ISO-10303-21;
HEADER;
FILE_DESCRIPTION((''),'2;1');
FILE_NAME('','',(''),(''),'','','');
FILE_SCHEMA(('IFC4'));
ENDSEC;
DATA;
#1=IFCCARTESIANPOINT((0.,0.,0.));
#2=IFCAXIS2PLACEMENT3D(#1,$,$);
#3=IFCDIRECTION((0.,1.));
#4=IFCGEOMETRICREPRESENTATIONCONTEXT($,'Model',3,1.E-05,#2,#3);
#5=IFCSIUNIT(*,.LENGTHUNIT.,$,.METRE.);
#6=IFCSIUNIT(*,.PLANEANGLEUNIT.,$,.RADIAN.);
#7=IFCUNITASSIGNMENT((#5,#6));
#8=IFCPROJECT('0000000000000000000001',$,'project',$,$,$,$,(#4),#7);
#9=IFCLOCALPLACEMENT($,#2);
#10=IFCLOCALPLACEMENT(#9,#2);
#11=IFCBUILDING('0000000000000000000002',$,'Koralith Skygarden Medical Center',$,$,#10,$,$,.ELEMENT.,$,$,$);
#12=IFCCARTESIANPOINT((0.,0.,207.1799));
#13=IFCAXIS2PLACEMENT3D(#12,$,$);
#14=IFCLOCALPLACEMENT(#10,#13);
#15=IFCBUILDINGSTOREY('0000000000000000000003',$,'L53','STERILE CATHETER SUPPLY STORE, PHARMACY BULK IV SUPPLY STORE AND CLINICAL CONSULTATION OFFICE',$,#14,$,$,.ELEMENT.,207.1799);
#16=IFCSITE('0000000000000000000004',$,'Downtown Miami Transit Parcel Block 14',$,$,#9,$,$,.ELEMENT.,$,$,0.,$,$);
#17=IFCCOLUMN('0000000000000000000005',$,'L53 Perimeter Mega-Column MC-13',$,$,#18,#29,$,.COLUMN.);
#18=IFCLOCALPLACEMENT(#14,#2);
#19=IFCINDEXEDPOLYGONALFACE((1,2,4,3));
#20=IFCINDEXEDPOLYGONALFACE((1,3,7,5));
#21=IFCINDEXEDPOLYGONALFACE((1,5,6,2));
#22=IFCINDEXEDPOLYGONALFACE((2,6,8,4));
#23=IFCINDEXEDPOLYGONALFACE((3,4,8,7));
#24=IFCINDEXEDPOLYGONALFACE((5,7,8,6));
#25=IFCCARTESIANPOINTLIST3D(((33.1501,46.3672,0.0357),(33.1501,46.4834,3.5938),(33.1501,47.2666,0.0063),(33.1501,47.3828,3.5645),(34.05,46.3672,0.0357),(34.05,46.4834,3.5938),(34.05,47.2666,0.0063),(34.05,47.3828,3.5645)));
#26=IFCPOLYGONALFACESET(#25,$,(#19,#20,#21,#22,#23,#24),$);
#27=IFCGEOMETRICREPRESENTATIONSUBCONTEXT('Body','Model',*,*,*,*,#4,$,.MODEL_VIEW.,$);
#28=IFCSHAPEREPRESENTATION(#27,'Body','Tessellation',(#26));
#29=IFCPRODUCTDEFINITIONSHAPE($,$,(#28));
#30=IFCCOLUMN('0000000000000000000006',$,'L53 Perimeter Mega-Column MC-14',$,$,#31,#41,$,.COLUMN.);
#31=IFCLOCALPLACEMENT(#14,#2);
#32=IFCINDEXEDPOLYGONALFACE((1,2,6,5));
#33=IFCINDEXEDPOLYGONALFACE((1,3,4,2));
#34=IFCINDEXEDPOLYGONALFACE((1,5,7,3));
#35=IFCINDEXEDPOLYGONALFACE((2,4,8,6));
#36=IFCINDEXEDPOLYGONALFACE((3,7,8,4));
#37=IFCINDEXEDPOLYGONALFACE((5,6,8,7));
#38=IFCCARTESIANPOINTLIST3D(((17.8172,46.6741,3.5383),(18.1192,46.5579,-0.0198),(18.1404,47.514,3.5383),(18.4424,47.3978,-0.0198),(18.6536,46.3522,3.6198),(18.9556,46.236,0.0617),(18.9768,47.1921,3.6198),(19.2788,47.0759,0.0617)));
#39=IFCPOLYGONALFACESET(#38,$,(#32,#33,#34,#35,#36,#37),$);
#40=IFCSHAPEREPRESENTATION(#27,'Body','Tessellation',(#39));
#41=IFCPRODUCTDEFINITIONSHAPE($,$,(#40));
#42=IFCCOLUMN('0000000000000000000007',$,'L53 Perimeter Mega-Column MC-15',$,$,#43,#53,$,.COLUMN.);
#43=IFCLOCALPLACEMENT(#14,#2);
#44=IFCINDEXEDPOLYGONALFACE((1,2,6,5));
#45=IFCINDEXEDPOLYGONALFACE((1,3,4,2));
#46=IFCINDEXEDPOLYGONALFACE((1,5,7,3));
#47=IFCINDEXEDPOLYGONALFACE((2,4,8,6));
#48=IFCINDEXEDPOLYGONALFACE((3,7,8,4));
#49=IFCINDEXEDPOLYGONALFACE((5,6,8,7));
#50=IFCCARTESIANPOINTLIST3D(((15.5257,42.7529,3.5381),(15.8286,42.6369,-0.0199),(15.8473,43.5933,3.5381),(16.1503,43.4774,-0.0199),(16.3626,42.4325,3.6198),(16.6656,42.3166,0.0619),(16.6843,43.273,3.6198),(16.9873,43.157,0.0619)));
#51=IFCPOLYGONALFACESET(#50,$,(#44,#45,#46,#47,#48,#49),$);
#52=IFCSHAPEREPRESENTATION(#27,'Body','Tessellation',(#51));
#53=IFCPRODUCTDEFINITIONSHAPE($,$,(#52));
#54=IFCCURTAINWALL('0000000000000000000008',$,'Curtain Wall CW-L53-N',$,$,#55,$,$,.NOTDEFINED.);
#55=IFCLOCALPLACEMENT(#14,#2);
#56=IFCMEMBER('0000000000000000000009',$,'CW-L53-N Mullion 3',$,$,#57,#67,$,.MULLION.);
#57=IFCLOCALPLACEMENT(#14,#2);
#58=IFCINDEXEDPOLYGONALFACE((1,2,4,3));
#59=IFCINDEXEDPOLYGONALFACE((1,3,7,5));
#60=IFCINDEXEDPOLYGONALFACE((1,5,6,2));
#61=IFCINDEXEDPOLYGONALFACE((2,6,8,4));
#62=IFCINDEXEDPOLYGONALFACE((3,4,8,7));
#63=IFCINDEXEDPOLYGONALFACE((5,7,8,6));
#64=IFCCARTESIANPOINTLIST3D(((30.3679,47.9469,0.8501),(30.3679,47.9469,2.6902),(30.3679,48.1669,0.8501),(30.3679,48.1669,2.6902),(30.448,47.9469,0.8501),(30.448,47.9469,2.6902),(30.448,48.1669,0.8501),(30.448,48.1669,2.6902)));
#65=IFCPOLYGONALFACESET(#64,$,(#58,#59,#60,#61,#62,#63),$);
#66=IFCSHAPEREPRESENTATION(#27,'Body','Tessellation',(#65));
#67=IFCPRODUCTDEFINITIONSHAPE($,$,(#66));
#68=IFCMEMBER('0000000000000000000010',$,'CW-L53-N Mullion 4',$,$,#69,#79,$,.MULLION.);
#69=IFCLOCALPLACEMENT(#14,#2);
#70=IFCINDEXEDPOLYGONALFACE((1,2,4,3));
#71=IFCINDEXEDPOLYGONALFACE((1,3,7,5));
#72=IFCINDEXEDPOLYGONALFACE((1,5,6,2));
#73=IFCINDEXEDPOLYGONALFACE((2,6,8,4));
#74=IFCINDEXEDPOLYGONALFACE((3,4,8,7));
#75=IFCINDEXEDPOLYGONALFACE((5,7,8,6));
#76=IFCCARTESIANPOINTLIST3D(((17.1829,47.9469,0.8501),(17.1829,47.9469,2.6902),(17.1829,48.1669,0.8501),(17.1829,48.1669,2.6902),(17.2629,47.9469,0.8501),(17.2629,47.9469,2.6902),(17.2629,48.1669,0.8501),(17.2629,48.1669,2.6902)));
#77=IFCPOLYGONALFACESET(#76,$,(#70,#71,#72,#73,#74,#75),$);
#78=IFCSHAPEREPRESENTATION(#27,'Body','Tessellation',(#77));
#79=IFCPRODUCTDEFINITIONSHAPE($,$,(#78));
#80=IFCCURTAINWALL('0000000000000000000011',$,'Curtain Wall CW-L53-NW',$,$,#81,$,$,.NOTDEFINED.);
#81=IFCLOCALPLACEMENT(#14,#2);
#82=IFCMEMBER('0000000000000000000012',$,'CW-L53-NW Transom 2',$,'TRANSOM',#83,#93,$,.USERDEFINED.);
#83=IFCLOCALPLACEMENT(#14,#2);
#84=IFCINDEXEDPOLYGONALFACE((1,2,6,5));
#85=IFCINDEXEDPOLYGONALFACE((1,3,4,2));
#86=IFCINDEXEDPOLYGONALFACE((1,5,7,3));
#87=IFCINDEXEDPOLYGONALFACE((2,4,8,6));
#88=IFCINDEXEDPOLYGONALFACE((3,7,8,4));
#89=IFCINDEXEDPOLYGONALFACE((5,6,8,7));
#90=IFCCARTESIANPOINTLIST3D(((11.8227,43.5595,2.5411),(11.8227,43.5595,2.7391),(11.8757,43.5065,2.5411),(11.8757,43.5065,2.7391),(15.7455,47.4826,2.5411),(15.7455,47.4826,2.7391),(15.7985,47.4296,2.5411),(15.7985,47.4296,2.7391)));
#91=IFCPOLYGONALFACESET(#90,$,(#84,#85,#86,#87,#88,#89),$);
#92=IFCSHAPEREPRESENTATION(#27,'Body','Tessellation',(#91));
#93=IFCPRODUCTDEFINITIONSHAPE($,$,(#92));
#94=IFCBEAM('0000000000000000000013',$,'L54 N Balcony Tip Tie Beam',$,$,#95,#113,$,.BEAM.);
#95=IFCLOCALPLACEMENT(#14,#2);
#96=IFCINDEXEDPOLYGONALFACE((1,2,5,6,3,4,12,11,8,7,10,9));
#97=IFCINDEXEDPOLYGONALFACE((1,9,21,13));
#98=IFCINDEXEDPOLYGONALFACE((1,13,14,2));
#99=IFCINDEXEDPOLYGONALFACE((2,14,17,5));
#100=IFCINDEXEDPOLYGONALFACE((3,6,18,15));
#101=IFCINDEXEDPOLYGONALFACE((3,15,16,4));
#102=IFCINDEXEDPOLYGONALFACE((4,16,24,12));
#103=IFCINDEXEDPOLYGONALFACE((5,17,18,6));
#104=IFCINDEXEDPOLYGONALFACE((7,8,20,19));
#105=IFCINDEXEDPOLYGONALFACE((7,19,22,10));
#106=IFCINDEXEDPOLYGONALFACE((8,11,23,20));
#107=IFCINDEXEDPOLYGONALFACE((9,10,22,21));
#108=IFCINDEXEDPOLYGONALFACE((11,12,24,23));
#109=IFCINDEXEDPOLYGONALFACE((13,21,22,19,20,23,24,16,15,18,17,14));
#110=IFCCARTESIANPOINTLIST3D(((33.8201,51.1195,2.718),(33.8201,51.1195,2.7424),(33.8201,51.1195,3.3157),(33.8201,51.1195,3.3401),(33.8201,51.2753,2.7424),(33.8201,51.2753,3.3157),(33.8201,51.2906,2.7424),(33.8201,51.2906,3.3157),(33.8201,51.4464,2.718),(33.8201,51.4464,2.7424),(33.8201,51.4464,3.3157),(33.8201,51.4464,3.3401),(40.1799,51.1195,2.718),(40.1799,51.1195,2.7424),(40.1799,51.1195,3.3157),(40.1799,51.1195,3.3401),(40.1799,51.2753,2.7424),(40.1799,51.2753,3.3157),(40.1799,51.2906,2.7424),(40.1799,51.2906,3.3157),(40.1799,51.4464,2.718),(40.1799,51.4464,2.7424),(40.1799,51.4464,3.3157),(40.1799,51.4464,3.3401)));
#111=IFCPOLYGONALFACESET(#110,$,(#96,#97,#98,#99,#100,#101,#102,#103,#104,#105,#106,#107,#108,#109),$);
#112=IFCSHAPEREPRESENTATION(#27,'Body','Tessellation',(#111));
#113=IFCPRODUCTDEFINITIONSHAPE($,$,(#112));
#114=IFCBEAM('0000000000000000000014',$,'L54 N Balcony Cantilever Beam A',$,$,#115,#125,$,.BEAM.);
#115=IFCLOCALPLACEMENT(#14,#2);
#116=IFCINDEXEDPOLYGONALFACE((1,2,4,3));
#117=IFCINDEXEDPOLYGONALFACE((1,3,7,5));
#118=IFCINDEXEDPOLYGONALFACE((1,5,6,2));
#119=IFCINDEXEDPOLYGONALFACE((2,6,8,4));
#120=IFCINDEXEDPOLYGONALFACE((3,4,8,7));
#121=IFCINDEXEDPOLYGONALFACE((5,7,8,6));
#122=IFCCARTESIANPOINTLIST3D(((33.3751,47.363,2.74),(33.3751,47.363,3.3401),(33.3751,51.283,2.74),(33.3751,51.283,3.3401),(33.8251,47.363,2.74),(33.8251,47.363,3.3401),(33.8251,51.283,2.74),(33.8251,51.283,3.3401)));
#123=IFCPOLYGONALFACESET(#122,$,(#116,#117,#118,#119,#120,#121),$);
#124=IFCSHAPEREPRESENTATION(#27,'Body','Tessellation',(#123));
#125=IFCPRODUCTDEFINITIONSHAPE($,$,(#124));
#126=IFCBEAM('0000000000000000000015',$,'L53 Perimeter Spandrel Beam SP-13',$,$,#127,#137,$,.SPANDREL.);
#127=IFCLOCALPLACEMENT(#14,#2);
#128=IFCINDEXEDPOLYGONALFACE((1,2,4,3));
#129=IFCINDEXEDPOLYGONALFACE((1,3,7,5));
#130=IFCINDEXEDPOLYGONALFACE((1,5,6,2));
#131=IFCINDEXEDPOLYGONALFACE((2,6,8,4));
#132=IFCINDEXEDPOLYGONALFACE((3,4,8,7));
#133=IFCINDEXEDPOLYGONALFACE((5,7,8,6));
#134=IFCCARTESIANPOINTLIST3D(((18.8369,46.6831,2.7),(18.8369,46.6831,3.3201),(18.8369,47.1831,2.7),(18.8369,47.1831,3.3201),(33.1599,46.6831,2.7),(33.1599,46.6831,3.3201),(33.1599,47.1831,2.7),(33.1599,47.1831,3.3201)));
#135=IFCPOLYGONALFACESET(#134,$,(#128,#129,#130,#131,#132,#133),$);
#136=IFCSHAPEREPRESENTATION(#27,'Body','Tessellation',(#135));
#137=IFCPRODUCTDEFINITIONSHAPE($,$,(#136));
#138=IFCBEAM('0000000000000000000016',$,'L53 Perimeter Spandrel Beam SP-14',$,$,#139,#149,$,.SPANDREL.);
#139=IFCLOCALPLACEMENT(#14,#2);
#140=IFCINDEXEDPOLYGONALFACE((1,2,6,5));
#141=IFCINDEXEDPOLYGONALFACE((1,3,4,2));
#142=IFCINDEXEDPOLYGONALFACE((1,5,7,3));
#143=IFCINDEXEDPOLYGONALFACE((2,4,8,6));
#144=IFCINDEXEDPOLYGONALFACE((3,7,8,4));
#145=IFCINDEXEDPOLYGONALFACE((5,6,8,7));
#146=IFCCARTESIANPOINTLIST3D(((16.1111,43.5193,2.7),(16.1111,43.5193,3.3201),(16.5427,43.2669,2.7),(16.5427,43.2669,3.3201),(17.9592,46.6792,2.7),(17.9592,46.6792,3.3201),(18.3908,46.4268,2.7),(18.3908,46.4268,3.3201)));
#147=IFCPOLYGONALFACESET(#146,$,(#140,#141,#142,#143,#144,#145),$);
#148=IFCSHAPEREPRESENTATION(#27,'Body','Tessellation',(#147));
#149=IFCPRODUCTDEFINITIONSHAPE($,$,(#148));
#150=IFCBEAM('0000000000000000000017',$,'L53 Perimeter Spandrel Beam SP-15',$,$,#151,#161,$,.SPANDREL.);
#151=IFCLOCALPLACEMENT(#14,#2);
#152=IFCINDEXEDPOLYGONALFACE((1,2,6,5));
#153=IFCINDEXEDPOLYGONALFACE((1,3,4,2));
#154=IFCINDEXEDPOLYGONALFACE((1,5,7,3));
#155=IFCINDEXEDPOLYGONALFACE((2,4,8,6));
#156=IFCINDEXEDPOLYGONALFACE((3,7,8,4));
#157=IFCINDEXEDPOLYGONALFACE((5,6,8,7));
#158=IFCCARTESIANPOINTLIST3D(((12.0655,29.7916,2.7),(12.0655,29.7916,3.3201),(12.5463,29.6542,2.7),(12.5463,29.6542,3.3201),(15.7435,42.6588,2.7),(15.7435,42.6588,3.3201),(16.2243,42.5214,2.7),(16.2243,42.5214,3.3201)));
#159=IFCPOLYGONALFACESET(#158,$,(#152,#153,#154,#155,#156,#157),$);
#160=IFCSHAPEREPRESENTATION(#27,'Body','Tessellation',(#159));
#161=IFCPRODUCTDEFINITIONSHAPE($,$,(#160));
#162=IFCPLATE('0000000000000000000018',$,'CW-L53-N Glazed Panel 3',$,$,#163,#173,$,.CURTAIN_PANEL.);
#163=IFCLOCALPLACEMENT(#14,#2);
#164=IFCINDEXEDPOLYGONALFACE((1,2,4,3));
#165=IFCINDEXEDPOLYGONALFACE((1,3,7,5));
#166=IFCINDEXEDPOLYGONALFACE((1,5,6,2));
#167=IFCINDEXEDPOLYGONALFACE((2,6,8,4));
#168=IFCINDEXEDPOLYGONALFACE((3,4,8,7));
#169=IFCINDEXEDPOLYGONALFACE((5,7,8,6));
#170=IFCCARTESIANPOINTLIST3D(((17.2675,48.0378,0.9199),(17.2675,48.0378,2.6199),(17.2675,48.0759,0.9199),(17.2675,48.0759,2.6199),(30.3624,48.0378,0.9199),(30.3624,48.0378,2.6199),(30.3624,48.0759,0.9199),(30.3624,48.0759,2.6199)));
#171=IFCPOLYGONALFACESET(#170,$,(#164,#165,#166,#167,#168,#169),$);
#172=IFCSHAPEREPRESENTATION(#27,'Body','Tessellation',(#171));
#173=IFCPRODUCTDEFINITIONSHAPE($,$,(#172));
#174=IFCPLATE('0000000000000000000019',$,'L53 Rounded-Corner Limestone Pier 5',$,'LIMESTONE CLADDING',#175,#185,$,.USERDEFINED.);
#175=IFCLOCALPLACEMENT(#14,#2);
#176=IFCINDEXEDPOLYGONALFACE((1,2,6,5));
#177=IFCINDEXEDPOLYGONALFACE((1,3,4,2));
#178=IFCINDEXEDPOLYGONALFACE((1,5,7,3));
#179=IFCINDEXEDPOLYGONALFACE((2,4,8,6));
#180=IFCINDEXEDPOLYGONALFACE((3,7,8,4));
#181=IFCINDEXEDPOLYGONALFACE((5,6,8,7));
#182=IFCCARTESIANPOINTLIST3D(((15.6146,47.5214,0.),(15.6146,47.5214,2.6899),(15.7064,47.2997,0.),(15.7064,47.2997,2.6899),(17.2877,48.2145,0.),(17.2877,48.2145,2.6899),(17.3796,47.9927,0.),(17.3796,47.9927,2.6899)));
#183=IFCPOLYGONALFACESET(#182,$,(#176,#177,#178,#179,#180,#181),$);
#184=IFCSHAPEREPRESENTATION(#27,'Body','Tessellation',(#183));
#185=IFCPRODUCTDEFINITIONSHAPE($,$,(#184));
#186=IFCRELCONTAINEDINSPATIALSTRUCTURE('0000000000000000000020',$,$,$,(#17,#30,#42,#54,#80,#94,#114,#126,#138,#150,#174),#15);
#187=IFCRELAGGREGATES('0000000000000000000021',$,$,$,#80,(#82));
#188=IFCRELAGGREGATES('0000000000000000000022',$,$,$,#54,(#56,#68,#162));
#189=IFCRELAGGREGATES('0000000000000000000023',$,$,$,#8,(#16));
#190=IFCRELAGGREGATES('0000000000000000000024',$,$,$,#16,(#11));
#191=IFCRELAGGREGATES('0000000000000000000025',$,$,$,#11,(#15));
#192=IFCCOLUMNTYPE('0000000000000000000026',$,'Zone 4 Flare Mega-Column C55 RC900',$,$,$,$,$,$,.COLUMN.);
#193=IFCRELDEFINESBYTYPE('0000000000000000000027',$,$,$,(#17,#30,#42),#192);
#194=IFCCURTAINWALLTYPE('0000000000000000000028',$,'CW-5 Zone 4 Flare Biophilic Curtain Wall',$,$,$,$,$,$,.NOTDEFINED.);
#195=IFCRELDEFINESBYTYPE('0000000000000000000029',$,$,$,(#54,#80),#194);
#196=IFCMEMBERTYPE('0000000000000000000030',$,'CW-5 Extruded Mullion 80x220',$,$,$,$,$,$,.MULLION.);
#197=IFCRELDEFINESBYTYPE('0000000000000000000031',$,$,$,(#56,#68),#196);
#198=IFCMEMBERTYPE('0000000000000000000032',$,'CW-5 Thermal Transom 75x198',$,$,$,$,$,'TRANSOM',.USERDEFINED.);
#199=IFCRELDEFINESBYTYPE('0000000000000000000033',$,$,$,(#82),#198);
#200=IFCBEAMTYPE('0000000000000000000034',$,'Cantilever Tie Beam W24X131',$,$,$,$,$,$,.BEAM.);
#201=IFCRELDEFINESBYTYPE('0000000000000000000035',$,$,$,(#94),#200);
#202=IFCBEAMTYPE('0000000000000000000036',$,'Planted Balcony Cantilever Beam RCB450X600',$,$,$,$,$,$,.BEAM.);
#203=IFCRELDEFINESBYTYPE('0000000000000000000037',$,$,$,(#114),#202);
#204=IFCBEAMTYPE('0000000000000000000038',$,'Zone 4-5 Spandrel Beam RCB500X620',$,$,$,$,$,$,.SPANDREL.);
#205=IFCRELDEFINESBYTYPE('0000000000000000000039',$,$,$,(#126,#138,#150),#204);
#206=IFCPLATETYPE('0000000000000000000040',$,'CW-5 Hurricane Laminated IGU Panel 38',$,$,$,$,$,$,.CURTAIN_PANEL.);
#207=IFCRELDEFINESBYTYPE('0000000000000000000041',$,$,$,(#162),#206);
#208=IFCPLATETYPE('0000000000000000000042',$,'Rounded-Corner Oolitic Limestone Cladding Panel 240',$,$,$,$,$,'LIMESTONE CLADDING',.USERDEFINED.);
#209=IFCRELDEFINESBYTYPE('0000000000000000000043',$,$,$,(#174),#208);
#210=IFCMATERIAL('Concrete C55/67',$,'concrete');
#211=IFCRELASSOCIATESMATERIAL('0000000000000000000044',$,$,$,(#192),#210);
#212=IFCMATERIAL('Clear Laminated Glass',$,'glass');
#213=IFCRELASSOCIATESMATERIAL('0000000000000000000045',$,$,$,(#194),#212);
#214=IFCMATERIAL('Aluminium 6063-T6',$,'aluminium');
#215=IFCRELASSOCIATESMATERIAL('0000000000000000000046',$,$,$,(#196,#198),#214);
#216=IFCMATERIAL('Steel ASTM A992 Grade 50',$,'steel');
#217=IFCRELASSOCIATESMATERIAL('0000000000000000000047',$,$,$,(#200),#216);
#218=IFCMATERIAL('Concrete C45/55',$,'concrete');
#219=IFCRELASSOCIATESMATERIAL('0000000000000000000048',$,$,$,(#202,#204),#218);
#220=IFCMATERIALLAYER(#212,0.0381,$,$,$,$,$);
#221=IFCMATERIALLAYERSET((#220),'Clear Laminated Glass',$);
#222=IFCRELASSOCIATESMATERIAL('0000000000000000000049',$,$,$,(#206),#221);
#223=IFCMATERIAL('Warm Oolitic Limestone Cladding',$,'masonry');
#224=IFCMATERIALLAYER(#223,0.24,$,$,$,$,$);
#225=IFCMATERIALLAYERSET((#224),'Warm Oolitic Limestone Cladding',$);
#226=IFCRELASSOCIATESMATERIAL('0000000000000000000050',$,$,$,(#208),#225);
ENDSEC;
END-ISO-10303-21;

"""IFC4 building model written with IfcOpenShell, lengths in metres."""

from ifc_helpers import new_model, si_unit, direction, frame, origin, origin_2d, place, context, subcontext, project, spatial, rectangle, i_section, extrude, material, layer, layer_set, material_profile, profile_set, type_object, element, aggregate, save


model = new_model("IFC4")

# Units and contexts
model_context = context("Model", 3, precision=1e-05, world=origin(), true_north=direction((0.0, 1.0)))
body_context = subcontext(model_context, "Body", "Model", "MODEL_VIEW")
ifc_project = project(units=[si_unit("LENGTHUNIT", "METRE"), si_unit("PLANEANGLEUNIT", "RADIAN")], contexts=[model_context])

# Site, building, storey
site_placement = place(None, origin())
site = spatial("IfcSite", under=ifc_project, at=site_placement, Name="Downtown Miami Transit Parcel Block 14", CompositionType="ELEMENT", RefElevation=0.0)
building_placement = place(site_placement, origin())
building = spatial("IfcBuilding", under=site, at=building_placement, Name="Koralith Skygarden Medical Center", CompositionType="ELEMENT")
storey_placement = place(building_placement, frame((0.0, 0.0, 207.1799)))
storey = spatial("IfcBuildingStorey", under=building, at=storey_placement, Name="L53", Description="STERILE CATHETER SUPPLY STORE, PHARMACY BULK IV SUPPLY STORE AND CLINICAL CONSULTATION OFFICE", CompositionType="ELEMENT", Elevation=207.1799)

# Columns
ifc_material_1 = material(Name="Concrete C55/67", Category="concrete")
ifc_material_profile_1 = material_profile(ifc_material_1, rectangle(XDim=0.8999, YDim=0.8999, at=origin_2d()), Name="RC900X900")
ifc_profile_set_1 = profile_set([ifc_material_profile_1], Name="Concrete C55/67")
column_type = type_object("IfcColumnType", Name="Zone 4 Flare Mega-Column C55 RC900", PredefinedType="COLUMN", material=ifc_profile_set_1)
column_placement = place(storey_placement, frame((33.6001, 46.8169, 0.021), z_axis=(0.0, 0.032643, 0.999467), x_axis=(-1.0, 0.0, 0.0)))
element("IfcColumn", 1, at=column_placement, inside=storey, type_object=column_type, Name="L53 Perimeter Mega-Column MC-13", PredefinedType="COLUMN", context=body_context, shape_type="SweptSolid", body=[
    extrude(rectangle(XDim=0.8999, YDim=0.8999, at=origin_2d()), origin(), (0.0, 0.0, 1.0), 3.5601),
])
for number, where, z_axis, x_axis, name in (
    (2, (18.699, 46.8169, 0.021), (-0.084528, 0.032527, 0.99589), (-0.359131, -0.933287, 0.0), "L53 Perimeter Mega-Column MC-14"),
    (3, (16.408, 42.897, 0.021), (-0.0848, 0.032458, 0.995869), (-0.357466, -0.933926, 0.0), "L53 Perimeter Mega-Column MC-15"),
):
    element("IfcColumn", number, at=place(storey_placement, frame(where, z_axis=z_axis, x_axis=x_axis)), inside=storey, type_object=column_type, Name=name, PredefinedType="COLUMN", context=body_context, shape_type="SweptSolid", body=[
        extrude(rectangle(XDim=0.8999, YDim=0.8999, at=origin_2d()), origin(), (0.0, 0.0, 1.0), 3.5728),
    ])

# Curtain wall, members
ifc_material_2 = material(Name="Clear Laminated Glass", Category="glass")
curtain_wall_type = type_object("IfcCurtainWallType", Name="CW-5 Zone 4 Flare Biophilic Curtain Wall", PredefinedType="NOTDEFINED", material=ifc_material_2)
curtain_wall_1_placement = place(storey_placement, origin())
curtain_wall_1 = element("IfcCurtainWall", 4, at=curtain_wall_1_placement, inside=storey, type_object=curtain_wall_type, Name="Curtain Wall CW-L53-N", PredefinedType="NOTDEFINED")
ifc_material_3 = material(Name="Aluminium 6063-T6", Category="aluminium")
ifc_material_profile_2 = material_profile(ifc_material_3, rectangle(XDim=0.0801, YDim=0.22, at=origin_2d()), Name="MUL80X220")
ifc_profile_set_2 = profile_set([ifc_material_profile_2], Name="Aluminium 6063-T6")
member_type_1 = type_object("IfcMemberType", Name="CW-5 Extruded Mullion 80x220", PredefinedType="MULLION", material=ifc_profile_set_2)
member_1_placement = place(storey_placement, frame((30.408, 48.0569, 0.8501), z_axis=(0.0, 0.0, 1.0), x_axis=(1.0, 0.0, 0.0)))
member_1 = element("IfcMember", 5, at=member_1_placement, type_object=member_type_1, Name="CW-L53-N Mullion 3", PredefinedType="MULLION", context=body_context, shape_type="SweptSolid", body=[
    extrude(rectangle(XDim=0.0801, YDim=0.22, at=origin_2d()), origin(), (0.0, 0.0, 1.0), 1.8401),
])
member_2_placement = place(storey_placement, frame((17.2229, 48.0569, 0.8501), z_axis=(0.0, 0.0, 1.0), x_axis=(1.0, 0.0, 0.0)))
member_2 = element("IfcMember", 6, at=member_2_placement, type_object=member_type_1, Name="CW-L53-N Mullion 4", PredefinedType="MULLION", context=body_context, shape_type="SweptSolid", body=[
    extrude(rectangle(XDim=0.0801, YDim=0.22, at=origin_2d()), origin(), (0.0, 0.0, 1.0), 1.8401),
])

# Curtain wall, member
curtain_wall_2_placement = place(storey_placement, origin())
curtain_wall_2 = element("IfcCurtainWall", 7, at=curtain_wall_2_placement, inside=storey, type_object=curtain_wall_type, Name="Curtain Wall CW-L53-NW", PredefinedType="NOTDEFINED")
ifc_material_profile_3 = material_profile(ifc_material_3, rectangle(XDim=0.075, YDim=0.198, at=origin_2d()), Name="TRN75X198")
ifc_profile_set_3 = profile_set([ifc_material_profile_3], Name="Aluminium 6063-T6")
member_type_2 = type_object("IfcMemberType", Name="CW-5 Thermal Transom 75x198", ElementType="TRANSOM", PredefinedType="USERDEFINED", material=ifc_profile_set_3)
member_3_placement = place(storey_placement, frame((15.772, 47.4561, 2.6401), z_axis=(-0.707085, -0.707129, 0.0), x_axis=(0.707129, -0.707085, 0.0)))
member_3 = element("IfcMember", 8, at=member_3_placement, type_object=member_type_2, Name="CW-L53-NW Transom 2", ObjectType="TRANSOM", PredefinedType="USERDEFINED", context=body_context, shape_type="SweptSolid", body=[
    extrude(rectangle(XDim=0.075, YDim=0.198, at=origin_2d()), origin(), (0.0, 0.0, 1.0), 5.5479),
])
aggregate(curtain_wall_2, [member_3])

# Beams
ifc_material_4 = material(Name="Steel ASTM A992 Grade 50", Category="steel")
ifc_material_profile_4 = material_profile(ifc_material_4, i_section(OverallWidth=0.3269, OverallDepth=0.6221, WebThickness=0.0154, FlangeThickness=0.0244, at=origin_2d()), Name="W24X131")
ifc_profile_set_4 = profile_set([ifc_material_profile_4], Name="Steel ASTM A992 Grade 50")
beam_type_1 = type_object("IfcBeamType", Name="Cantilever Tie Beam W24X131", PredefinedType="BEAM", material=ifc_profile_set_4)
beam_1_placement = place(storey_placement, frame((33.8201, 51.283, 3.0291), z_axis=(1.0, 0.0, 0.0), x_axis=(0.0, 1.0, 0.0)))
element("IfcBeam", 9, at=beam_1_placement, inside=storey, type_object=beam_type_1, Name="L54 N Balcony Tip Tie Beam", PredefinedType="BEAM", context=body_context, shape_type="SweptSolid", body=[
    extrude(i_section(OverallWidth=0.3269, OverallDepth=0.6221, WebThickness=0.0154, FlangeThickness=0.0244, at=origin_2d()), origin(), (0.0, 0.0, 1.0), 6.3599),
])
ifc_material_5 = material(Name="Concrete C45/55", Category="concrete")
ifc_material_profile_5 = material_profile(ifc_material_5, rectangle(XDim=0.45, YDim=0.6001, at=origin_2d()), Name="RCB450X600")
ifc_profile_set_5 = profile_set([ifc_material_profile_5], Name="Concrete C45/55")
beam_type_2 = type_object("IfcBeamType", Name="Planted Balcony Cantilever Beam RCB450X600", PredefinedType="BEAM", material=ifc_profile_set_5)
beam_2_placement = place(storey_placement, frame((33.6001, 47.363, 3.04), z_axis=(0.0, 1.0, 0.0), x_axis=(-1.0, 0.0, 0.0)))
element("IfcBeam", 10, at=beam_2_placement, inside=storey, type_object=beam_type_2, Name="L54 N Balcony Cantilever Beam A", PredefinedType="BEAM", context=body_context, shape_type="SweptSolid", body=[
    extrude(rectangle(XDim=0.45, YDim=0.6001, at=origin_2d()), origin(), (0.0, 0.0, 1.0), 3.9199),
])
ifc_material_profile_6 = material_profile(ifc_material_5, rectangle(XDim=0.5, YDim=0.6201, at=origin_2d()), Name="RCB500X620")
ifc_profile_set_6 = profile_set([ifc_material_profile_6], Name="Concrete C45/55")
beam_type_3 = type_object("IfcBeamType", Name="Zone 4-5 Spandrel Beam RCB500X620", PredefinedType="SPANDREL", material=ifc_profile_set_6)
beam_3_placement = place(storey_placement, frame((33.1599, 46.9331, 3.01), z_axis=(-1.0, 0.0, 0.0), x_axis=(0.0, -1.0, 0.0)))
element("IfcBeam", 11, at=beam_3_placement, inside=storey, type_object=beam_type_3, Name="L53 Perimeter Spandrel Beam SP-13", PredefinedType="SPANDREL", context=body_context, shape_type="SweptSolid", body=[
    extrude(rectangle(XDim=0.5, YDim=0.6201, at=origin_2d()), origin(), (0.0, 0.0, 1.0), 14.323),
])
beam_4_placement = place(storey_placement, frame((18.175, 46.553, 3.01), z_axis=(-0.504862, -0.8632, 0.0), x_axis=(0.8632, -0.504862, 0.0)))
element("IfcBeam", 12, at=beam_4_placement, inside=storey, type_object=beam_type_3, Name="L53 Perimeter Spandrel Beam SP-14", PredefinedType="SPANDREL", context=body_context, shape_type="SweptSolid", body=[
    extrude(rectangle(XDim=0.5, YDim=0.6201, at=origin_2d()), origin(), (0.0, 0.0, 1.0), 3.6606),
])
beam_5_placement = place(storey_placement, frame((15.9839, 42.5901, 3.01), z_axis=(-0.274834, -0.961492, 0.0), x_axis=(0.961492, -0.274834, 0.0)))
element("IfcBeam", 13, at=beam_5_placement, inside=storey, type_object=beam_type_3, Name="L53 Perimeter Spandrel Beam SP-15", PredefinedType="SPANDREL", context=body_context, shape_type="SweptSolid", body=[
    extrude(rectangle(XDim=0.5, YDim=0.6201, at=origin_2d()), origin(), (0.0, 0.0, 1.0), 13.3826),
])

# Plates
ifc_layer_1 = layer(ifc_material_2, 0.0381)
ifc_layer_set_1 = layer_set([ifc_layer_1], Name="Clear Laminated Glass")
plate_type_1 = type_object("IfcPlateType", Name="CW-5 Hurricane Laminated IGU Panel 38", PredefinedType="CURTAIN_PANEL", material=ifc_layer_set_1)
plate_1_placement = place(storey_placement, frame((23.8149, 48.0569, 0.9199), z_axis=(0.0, 0.0, 1.0), x_axis=(-1.0, 0.0, 0.0)))
plate_1 = element("IfcPlate", 14, at=plate_1_placement, type_object=plate_type_1, Name="CW-L53-N Glazed Panel 3", PredefinedType="CURTAIN_PANEL", context=body_context, shape_type="SweptSolid", body=[
    extrude(rectangle(XDim=13.095, YDim=0.0381, at=origin_2d()), origin(), (0.0, 0.0, 1.0), 1.7),
])
aggregate(curtain_wall_1, [member_1, member_2, plate_1])
ifc_material_6 = material(Name="Warm Oolitic Limestone Cladding", Category="masonry")
ifc_layer_2 = layer(ifc_material_6, 0.24)
ifc_layer_set_2 = layer_set([ifc_layer_2], Name="Warm Oolitic Limestone Cladding")
plate_type_2 = type_object("IfcPlateType", Name="Rounded-Corner Oolitic Limestone Cladding Panel 240", ElementType="LIMESTONE CLADDING", PredefinedType="USERDEFINED", material=ifc_layer_set_2)
plate_2_placement = place(storey_placement, frame((16.4971, 47.7571, 0.0), z_axis=(0.0, 0.0, 1.0), x_axis=(-0.923885, -0.382671, 0.0)))
element("IfcPlate", 15, at=plate_2_placement, inside=storey, type_object=plate_type_2, Name="L53 Rounded-Corner Limestone Pier 5", ObjectType="LIMESTONE CLADDING", PredefinedType="USERDEFINED", context=body_context, shape_type="SweptSolid", body=[
    extrude(rectangle(XDim=1.811, YDim=0.24, at=origin_2d()), origin(), (0.0, 0.0, 1.0), 2.6899),
])

save(model, "model.ifc")
